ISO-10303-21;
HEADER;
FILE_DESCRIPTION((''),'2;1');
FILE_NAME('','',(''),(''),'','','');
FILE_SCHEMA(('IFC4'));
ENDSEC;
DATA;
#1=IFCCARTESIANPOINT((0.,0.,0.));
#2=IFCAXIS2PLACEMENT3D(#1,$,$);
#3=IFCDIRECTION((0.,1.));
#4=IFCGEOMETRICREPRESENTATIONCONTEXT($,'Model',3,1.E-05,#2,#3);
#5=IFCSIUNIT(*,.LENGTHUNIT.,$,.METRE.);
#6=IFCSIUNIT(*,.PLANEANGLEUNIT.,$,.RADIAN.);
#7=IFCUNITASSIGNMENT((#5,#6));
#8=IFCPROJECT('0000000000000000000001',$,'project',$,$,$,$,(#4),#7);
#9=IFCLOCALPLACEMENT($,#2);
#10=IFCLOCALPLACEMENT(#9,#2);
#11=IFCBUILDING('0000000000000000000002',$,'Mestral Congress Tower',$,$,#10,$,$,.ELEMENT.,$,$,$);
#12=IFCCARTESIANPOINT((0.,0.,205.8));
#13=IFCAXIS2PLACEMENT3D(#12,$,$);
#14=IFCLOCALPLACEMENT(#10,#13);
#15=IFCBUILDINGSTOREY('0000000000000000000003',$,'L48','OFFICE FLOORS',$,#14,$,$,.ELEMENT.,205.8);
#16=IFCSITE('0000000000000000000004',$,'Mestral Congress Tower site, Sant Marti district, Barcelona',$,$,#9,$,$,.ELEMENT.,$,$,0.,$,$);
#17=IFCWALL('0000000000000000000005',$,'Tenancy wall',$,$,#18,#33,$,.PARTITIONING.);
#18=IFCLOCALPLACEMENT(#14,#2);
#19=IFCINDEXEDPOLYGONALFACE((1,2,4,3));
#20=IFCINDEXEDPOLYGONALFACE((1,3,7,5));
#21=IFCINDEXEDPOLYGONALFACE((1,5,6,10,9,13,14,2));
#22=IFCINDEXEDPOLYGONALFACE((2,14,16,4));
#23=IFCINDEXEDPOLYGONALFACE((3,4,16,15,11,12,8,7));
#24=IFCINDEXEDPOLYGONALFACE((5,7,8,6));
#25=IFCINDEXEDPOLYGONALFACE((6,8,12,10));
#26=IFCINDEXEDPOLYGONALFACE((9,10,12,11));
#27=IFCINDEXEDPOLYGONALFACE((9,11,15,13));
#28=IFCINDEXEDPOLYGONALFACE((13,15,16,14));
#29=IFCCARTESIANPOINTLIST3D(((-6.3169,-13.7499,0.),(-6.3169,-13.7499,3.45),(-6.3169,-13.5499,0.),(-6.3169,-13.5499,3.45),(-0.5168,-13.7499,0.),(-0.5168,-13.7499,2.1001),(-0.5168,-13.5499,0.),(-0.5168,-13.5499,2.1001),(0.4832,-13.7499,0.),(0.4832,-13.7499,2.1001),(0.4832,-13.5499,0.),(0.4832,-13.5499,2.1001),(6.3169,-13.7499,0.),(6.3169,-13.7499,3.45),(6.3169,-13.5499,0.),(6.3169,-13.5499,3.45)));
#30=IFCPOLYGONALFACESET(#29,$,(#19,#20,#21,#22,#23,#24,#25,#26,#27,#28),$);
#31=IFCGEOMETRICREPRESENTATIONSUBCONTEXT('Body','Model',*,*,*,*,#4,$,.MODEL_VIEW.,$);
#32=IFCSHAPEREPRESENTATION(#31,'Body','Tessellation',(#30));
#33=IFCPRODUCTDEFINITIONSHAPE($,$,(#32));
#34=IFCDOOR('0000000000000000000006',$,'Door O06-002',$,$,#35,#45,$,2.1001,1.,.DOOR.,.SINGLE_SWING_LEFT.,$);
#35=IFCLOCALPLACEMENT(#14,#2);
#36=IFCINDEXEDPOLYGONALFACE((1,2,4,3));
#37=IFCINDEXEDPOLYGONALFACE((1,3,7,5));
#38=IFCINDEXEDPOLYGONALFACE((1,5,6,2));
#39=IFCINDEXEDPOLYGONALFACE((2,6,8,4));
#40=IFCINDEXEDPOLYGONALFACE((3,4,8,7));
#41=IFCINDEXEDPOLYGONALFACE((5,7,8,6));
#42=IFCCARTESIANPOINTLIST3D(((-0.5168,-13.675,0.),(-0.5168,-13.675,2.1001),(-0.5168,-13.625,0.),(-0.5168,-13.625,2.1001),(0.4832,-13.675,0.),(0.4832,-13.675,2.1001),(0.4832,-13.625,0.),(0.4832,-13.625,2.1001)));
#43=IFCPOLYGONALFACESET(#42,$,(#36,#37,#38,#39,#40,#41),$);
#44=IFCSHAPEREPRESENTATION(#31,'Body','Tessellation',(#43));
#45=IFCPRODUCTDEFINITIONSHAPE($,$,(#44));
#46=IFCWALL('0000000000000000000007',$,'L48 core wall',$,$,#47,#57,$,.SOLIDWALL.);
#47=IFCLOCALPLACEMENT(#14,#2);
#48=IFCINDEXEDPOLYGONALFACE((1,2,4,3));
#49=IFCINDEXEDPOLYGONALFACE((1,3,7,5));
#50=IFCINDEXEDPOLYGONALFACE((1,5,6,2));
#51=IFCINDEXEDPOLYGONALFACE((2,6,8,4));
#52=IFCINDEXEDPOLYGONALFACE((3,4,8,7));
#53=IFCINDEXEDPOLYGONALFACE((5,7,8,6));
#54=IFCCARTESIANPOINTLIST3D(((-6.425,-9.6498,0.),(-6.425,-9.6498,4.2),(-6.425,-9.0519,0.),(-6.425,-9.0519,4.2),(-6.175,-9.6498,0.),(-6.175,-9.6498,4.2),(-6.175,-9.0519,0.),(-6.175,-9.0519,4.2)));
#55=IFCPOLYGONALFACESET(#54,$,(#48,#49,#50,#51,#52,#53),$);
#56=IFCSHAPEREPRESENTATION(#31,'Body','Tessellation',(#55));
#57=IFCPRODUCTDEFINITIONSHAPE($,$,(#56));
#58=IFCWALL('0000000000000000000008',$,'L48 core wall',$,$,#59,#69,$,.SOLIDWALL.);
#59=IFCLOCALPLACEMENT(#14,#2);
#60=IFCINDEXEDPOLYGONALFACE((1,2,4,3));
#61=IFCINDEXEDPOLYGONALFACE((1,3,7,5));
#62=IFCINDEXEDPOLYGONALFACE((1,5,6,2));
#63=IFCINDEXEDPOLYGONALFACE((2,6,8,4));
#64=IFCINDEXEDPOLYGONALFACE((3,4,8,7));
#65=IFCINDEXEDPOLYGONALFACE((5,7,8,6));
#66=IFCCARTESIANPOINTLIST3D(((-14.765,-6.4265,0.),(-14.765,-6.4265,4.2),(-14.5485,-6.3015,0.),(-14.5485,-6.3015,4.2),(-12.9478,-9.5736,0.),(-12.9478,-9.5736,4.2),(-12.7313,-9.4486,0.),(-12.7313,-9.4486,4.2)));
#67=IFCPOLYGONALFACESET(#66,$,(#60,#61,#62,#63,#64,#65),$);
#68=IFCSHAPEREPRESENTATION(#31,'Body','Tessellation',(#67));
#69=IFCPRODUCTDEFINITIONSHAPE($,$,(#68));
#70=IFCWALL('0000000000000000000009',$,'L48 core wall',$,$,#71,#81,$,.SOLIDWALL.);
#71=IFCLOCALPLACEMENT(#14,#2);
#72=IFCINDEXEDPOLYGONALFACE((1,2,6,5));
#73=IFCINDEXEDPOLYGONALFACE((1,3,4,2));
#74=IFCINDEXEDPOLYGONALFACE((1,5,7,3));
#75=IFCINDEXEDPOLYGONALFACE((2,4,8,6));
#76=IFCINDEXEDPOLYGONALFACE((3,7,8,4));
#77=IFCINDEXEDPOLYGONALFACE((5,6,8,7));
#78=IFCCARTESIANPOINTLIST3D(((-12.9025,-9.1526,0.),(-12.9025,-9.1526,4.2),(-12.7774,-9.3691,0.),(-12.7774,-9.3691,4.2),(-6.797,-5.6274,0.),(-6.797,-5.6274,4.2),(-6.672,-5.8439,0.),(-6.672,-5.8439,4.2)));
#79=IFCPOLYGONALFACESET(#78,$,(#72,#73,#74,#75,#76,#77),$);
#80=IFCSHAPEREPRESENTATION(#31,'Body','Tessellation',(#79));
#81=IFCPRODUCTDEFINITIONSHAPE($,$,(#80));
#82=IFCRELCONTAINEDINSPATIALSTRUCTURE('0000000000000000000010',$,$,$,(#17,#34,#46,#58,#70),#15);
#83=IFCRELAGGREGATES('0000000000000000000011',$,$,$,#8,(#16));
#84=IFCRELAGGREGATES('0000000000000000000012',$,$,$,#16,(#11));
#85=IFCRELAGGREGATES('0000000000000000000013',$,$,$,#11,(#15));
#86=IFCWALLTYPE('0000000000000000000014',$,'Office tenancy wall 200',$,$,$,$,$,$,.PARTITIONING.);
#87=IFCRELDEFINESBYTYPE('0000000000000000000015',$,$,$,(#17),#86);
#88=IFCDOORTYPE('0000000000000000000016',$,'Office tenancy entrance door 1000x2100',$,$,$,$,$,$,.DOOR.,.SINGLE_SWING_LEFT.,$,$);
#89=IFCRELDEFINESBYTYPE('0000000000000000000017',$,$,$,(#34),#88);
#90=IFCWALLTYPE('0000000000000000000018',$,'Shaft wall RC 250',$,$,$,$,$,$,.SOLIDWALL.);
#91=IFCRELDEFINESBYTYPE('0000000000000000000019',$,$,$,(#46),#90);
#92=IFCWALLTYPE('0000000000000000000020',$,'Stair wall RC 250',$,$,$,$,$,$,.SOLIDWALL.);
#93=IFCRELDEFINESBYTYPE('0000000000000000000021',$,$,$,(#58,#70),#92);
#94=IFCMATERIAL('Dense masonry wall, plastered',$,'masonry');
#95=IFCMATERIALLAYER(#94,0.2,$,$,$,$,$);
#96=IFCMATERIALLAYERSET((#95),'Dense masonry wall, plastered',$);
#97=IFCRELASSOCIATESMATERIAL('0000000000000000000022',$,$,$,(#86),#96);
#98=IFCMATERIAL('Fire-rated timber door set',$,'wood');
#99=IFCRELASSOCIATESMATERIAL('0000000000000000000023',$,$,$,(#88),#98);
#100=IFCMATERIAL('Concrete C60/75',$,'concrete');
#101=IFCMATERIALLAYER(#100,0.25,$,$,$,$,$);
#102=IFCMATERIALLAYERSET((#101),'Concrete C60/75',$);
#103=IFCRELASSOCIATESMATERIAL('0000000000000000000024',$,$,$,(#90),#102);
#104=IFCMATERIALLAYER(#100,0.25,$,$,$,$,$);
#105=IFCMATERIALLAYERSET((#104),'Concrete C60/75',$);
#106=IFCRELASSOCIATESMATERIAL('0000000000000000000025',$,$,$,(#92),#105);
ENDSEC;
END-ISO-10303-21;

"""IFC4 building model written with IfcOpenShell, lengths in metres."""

from ifc_helpers import new_model, si_unit, direction, frame, frame_2d, origin, place, context, subcontext, project, spatial, rectangle, extrude, material, layer, layer_set, type_object, element, fill, save


model = new_model("IFC4")

# Units and contexts
model_context = context("Model", 3, precision=1e-05, world=origin(), true_north=direction((0.0, 1.0)))
body_context = subcontext(model_context, "Body", "Model", "MODEL_VIEW")
ifc_project = project(units=[si_unit("LENGTHUNIT", "METRE"), si_unit("PLANEANGLEUNIT", "RADIAN")], contexts=[model_context])

# Site, building, storey
site_placement = place(None, origin())
site = spatial("IfcSite", under=ifc_project, at=site_placement, Name="Mestral Congress Tower site, Sant Marti district, Barcelona", CompositionType="ELEMENT", RefElevation=0.0)
building_placement = place(site_placement, origin())
building = spatial("IfcBuilding", under=site, at=building_placement, Name="Mestral Congress Tower", CompositionType="ELEMENT")
storey_placement = place(building_placement, frame((0.0, 0.0, 205.8)))
storey = spatial("IfcBuildingStorey", under=building, at=storey_placement, Name="L48", Description="OFFICE FLOORS", CompositionType="ELEMENT", Elevation=205.8)

# Shared definitions
ifc_material_1 = material(Name="Concrete C60/75", Category="concrete")

# Shared definitions
ifc_material_2 = material(Name="Dense masonry wall, plastered", Category="masonry")
ifc_layer_1 = layer(ifc_material_2, 0.2)
ifc_layer_set_1 = layer_set([ifc_layer_1], Name="Dense masonry wall, plastered")
wall_type_1 = type_object("IfcWallType", Name="Office tenancy wall 200", PredefinedType="PARTITIONING", material=ifc_layer_set_1)

# Wall, opening, door
ifc_material_3 = material(Name="Fire-rated timber door set", Category="wood")
door_type_1 = type_object("IfcDoorType", Name="Office tenancy entrance door 1000x2100", OperationType="SINGLE_SWING_LEFT", PredefinedType="DOOR", material=ifc_material_3)
wall_1_placement = place(storey_placement, frame((-6.3169, -13.6499, 0.0), z_axis=(0.0, 0.0, 1.0), x_axis=(1.0, 0.0, 0.0)))
wall_1 = element("IfcWall", 1, at=wall_1_placement, inside=storey, type_object=wall_type_1, Name="Tenancy wall", PredefinedType="PARTITIONING", context=body_context, shape_type="SweptSolid", body=[
    extrude(rectangle(XDim=12.6338, YDim=0.2, at=frame_2d((6.3169, 0.0))), origin(), (0.0, 0.0, 1.0), 3.45),
])
opening_1_placement = place(wall_1_placement, frame((5.8, 0.0, 0.0)))
opening_1 = element("IfcOpeningElement", 2, at=opening_1_placement, cuts=wall_1, PredefinedType="OPENING", context=body_context, shape_type="SweptSolid", body=[
    extrude(rectangle(XDim=1.0, YDim=2.1001, at=frame_2d((0.5, 1.05))), frame((0.0, 0.1099, 0.0), z_axis=(0.0, -1.0, 0.0), x_axis=(1.0, 0.0, 0.0)), (0.0, 0.0, 1.0), 0.22),
])
door_1_placement = place(opening_1_placement, origin())
door_1 = element("IfcDoor", 3, at=door_1_placement, inside=storey, type_object=door_type_1, Name="Door O06-002", OperationType="SINGLE_SWING_LEFT", OverallHeight=2.1001, OverallWidth=1.0, PredefinedType="DOOR", context=body_context, shape_type="SweptSolid", body=[
    extrude(rectangle(XDim=1.0, YDim=2.1001, at=frame_2d((0.5, 1.05))), frame((0.0, 0.0249, 0.0), z_axis=(0.0, -1.0, 0.0), x_axis=(1.0, 0.0, 0.0)), (0.0, 0.0, 1.0), 0.05),
])
fill(opening_1, door_1)

# Walls
ifc_layer_2 = layer(ifc_material_1, 0.25)
ifc_layer_set_2 = layer_set([ifc_layer_2], Name="Concrete C60/75")
wall_type_2 = type_object("IfcWallType", Name="Shaft wall RC 250", PredefinedType="SOLIDWALL", material=ifc_layer_set_2)
wall_2_placement = place(storey_placement, frame((-6.3, -9.052, 0.0), z_axis=(0.0, 0.0, 1.0), x_axis=(0.0, -1.0, 0.0)))
element("IfcWall", 4, at=wall_2_placement, inside=storey, type_object=wall_type_2, Name="L48 core wall", PredefinedType="SOLIDWALL", context=body_context, shape_type="SweptSolid", body=[
    extrude(rectangle(XDim=0.5979, YDim=0.25, at=frame_2d((0.2988, 0.0))), origin(), (0.0, 0.0, 1.0), 4.2),
])
ifc_layer_3 = layer(ifc_material_1, 0.25)
ifc_layer_set_3 = layer_set([ifc_layer_3], Name="Concrete C60/75")
wall_type_3 = type_object("IfcWallType", Name="Stair wall RC 250", PredefinedType="SOLIDWALL", material=ifc_layer_set_3)
wall_3_placement = place(storey_placement, frame((-12.8396, -9.511, 0.0), z_axis=(0.0, 0.0, 1.0), x_axis=(-0.500048, 0.865998, 0.0)))
element("IfcWall", 5, at=wall_3_placement, inside=storey, type_object=wall_type_3, Name="L48 core wall", PredefinedType="SOLIDWALL", context=body_context, shape_type="SweptSolid", body=[
    extrude(rectangle(XDim=3.634, YDim=0.25, at=frame_2d((1.8169, 0.0))), origin(), (0.0, 0.0, 1.0), 4.2),
])
wall_4_placement = place(storey_placement, frame((-12.8398, -9.2607, 0.0), z_axis=(0.0, 0.0, 1.0), x_axis=(0.866016, 0.500016, 0.0)))
element("IfcWall", 6, at=wall_4_placement, inside=storey, type_object=wall_type_3, Name="L48 core wall", PredefinedType="SOLIDWALL", context=body_context, shape_type="SweptSolid", body=[
    extrude(rectangle(XDim=7.05, YDim=0.25, at=frame_2d((3.5249, 0.0))), origin(), (0.0, 0.0, 1.0), 4.2),
])

save(model, "model.ifc")
